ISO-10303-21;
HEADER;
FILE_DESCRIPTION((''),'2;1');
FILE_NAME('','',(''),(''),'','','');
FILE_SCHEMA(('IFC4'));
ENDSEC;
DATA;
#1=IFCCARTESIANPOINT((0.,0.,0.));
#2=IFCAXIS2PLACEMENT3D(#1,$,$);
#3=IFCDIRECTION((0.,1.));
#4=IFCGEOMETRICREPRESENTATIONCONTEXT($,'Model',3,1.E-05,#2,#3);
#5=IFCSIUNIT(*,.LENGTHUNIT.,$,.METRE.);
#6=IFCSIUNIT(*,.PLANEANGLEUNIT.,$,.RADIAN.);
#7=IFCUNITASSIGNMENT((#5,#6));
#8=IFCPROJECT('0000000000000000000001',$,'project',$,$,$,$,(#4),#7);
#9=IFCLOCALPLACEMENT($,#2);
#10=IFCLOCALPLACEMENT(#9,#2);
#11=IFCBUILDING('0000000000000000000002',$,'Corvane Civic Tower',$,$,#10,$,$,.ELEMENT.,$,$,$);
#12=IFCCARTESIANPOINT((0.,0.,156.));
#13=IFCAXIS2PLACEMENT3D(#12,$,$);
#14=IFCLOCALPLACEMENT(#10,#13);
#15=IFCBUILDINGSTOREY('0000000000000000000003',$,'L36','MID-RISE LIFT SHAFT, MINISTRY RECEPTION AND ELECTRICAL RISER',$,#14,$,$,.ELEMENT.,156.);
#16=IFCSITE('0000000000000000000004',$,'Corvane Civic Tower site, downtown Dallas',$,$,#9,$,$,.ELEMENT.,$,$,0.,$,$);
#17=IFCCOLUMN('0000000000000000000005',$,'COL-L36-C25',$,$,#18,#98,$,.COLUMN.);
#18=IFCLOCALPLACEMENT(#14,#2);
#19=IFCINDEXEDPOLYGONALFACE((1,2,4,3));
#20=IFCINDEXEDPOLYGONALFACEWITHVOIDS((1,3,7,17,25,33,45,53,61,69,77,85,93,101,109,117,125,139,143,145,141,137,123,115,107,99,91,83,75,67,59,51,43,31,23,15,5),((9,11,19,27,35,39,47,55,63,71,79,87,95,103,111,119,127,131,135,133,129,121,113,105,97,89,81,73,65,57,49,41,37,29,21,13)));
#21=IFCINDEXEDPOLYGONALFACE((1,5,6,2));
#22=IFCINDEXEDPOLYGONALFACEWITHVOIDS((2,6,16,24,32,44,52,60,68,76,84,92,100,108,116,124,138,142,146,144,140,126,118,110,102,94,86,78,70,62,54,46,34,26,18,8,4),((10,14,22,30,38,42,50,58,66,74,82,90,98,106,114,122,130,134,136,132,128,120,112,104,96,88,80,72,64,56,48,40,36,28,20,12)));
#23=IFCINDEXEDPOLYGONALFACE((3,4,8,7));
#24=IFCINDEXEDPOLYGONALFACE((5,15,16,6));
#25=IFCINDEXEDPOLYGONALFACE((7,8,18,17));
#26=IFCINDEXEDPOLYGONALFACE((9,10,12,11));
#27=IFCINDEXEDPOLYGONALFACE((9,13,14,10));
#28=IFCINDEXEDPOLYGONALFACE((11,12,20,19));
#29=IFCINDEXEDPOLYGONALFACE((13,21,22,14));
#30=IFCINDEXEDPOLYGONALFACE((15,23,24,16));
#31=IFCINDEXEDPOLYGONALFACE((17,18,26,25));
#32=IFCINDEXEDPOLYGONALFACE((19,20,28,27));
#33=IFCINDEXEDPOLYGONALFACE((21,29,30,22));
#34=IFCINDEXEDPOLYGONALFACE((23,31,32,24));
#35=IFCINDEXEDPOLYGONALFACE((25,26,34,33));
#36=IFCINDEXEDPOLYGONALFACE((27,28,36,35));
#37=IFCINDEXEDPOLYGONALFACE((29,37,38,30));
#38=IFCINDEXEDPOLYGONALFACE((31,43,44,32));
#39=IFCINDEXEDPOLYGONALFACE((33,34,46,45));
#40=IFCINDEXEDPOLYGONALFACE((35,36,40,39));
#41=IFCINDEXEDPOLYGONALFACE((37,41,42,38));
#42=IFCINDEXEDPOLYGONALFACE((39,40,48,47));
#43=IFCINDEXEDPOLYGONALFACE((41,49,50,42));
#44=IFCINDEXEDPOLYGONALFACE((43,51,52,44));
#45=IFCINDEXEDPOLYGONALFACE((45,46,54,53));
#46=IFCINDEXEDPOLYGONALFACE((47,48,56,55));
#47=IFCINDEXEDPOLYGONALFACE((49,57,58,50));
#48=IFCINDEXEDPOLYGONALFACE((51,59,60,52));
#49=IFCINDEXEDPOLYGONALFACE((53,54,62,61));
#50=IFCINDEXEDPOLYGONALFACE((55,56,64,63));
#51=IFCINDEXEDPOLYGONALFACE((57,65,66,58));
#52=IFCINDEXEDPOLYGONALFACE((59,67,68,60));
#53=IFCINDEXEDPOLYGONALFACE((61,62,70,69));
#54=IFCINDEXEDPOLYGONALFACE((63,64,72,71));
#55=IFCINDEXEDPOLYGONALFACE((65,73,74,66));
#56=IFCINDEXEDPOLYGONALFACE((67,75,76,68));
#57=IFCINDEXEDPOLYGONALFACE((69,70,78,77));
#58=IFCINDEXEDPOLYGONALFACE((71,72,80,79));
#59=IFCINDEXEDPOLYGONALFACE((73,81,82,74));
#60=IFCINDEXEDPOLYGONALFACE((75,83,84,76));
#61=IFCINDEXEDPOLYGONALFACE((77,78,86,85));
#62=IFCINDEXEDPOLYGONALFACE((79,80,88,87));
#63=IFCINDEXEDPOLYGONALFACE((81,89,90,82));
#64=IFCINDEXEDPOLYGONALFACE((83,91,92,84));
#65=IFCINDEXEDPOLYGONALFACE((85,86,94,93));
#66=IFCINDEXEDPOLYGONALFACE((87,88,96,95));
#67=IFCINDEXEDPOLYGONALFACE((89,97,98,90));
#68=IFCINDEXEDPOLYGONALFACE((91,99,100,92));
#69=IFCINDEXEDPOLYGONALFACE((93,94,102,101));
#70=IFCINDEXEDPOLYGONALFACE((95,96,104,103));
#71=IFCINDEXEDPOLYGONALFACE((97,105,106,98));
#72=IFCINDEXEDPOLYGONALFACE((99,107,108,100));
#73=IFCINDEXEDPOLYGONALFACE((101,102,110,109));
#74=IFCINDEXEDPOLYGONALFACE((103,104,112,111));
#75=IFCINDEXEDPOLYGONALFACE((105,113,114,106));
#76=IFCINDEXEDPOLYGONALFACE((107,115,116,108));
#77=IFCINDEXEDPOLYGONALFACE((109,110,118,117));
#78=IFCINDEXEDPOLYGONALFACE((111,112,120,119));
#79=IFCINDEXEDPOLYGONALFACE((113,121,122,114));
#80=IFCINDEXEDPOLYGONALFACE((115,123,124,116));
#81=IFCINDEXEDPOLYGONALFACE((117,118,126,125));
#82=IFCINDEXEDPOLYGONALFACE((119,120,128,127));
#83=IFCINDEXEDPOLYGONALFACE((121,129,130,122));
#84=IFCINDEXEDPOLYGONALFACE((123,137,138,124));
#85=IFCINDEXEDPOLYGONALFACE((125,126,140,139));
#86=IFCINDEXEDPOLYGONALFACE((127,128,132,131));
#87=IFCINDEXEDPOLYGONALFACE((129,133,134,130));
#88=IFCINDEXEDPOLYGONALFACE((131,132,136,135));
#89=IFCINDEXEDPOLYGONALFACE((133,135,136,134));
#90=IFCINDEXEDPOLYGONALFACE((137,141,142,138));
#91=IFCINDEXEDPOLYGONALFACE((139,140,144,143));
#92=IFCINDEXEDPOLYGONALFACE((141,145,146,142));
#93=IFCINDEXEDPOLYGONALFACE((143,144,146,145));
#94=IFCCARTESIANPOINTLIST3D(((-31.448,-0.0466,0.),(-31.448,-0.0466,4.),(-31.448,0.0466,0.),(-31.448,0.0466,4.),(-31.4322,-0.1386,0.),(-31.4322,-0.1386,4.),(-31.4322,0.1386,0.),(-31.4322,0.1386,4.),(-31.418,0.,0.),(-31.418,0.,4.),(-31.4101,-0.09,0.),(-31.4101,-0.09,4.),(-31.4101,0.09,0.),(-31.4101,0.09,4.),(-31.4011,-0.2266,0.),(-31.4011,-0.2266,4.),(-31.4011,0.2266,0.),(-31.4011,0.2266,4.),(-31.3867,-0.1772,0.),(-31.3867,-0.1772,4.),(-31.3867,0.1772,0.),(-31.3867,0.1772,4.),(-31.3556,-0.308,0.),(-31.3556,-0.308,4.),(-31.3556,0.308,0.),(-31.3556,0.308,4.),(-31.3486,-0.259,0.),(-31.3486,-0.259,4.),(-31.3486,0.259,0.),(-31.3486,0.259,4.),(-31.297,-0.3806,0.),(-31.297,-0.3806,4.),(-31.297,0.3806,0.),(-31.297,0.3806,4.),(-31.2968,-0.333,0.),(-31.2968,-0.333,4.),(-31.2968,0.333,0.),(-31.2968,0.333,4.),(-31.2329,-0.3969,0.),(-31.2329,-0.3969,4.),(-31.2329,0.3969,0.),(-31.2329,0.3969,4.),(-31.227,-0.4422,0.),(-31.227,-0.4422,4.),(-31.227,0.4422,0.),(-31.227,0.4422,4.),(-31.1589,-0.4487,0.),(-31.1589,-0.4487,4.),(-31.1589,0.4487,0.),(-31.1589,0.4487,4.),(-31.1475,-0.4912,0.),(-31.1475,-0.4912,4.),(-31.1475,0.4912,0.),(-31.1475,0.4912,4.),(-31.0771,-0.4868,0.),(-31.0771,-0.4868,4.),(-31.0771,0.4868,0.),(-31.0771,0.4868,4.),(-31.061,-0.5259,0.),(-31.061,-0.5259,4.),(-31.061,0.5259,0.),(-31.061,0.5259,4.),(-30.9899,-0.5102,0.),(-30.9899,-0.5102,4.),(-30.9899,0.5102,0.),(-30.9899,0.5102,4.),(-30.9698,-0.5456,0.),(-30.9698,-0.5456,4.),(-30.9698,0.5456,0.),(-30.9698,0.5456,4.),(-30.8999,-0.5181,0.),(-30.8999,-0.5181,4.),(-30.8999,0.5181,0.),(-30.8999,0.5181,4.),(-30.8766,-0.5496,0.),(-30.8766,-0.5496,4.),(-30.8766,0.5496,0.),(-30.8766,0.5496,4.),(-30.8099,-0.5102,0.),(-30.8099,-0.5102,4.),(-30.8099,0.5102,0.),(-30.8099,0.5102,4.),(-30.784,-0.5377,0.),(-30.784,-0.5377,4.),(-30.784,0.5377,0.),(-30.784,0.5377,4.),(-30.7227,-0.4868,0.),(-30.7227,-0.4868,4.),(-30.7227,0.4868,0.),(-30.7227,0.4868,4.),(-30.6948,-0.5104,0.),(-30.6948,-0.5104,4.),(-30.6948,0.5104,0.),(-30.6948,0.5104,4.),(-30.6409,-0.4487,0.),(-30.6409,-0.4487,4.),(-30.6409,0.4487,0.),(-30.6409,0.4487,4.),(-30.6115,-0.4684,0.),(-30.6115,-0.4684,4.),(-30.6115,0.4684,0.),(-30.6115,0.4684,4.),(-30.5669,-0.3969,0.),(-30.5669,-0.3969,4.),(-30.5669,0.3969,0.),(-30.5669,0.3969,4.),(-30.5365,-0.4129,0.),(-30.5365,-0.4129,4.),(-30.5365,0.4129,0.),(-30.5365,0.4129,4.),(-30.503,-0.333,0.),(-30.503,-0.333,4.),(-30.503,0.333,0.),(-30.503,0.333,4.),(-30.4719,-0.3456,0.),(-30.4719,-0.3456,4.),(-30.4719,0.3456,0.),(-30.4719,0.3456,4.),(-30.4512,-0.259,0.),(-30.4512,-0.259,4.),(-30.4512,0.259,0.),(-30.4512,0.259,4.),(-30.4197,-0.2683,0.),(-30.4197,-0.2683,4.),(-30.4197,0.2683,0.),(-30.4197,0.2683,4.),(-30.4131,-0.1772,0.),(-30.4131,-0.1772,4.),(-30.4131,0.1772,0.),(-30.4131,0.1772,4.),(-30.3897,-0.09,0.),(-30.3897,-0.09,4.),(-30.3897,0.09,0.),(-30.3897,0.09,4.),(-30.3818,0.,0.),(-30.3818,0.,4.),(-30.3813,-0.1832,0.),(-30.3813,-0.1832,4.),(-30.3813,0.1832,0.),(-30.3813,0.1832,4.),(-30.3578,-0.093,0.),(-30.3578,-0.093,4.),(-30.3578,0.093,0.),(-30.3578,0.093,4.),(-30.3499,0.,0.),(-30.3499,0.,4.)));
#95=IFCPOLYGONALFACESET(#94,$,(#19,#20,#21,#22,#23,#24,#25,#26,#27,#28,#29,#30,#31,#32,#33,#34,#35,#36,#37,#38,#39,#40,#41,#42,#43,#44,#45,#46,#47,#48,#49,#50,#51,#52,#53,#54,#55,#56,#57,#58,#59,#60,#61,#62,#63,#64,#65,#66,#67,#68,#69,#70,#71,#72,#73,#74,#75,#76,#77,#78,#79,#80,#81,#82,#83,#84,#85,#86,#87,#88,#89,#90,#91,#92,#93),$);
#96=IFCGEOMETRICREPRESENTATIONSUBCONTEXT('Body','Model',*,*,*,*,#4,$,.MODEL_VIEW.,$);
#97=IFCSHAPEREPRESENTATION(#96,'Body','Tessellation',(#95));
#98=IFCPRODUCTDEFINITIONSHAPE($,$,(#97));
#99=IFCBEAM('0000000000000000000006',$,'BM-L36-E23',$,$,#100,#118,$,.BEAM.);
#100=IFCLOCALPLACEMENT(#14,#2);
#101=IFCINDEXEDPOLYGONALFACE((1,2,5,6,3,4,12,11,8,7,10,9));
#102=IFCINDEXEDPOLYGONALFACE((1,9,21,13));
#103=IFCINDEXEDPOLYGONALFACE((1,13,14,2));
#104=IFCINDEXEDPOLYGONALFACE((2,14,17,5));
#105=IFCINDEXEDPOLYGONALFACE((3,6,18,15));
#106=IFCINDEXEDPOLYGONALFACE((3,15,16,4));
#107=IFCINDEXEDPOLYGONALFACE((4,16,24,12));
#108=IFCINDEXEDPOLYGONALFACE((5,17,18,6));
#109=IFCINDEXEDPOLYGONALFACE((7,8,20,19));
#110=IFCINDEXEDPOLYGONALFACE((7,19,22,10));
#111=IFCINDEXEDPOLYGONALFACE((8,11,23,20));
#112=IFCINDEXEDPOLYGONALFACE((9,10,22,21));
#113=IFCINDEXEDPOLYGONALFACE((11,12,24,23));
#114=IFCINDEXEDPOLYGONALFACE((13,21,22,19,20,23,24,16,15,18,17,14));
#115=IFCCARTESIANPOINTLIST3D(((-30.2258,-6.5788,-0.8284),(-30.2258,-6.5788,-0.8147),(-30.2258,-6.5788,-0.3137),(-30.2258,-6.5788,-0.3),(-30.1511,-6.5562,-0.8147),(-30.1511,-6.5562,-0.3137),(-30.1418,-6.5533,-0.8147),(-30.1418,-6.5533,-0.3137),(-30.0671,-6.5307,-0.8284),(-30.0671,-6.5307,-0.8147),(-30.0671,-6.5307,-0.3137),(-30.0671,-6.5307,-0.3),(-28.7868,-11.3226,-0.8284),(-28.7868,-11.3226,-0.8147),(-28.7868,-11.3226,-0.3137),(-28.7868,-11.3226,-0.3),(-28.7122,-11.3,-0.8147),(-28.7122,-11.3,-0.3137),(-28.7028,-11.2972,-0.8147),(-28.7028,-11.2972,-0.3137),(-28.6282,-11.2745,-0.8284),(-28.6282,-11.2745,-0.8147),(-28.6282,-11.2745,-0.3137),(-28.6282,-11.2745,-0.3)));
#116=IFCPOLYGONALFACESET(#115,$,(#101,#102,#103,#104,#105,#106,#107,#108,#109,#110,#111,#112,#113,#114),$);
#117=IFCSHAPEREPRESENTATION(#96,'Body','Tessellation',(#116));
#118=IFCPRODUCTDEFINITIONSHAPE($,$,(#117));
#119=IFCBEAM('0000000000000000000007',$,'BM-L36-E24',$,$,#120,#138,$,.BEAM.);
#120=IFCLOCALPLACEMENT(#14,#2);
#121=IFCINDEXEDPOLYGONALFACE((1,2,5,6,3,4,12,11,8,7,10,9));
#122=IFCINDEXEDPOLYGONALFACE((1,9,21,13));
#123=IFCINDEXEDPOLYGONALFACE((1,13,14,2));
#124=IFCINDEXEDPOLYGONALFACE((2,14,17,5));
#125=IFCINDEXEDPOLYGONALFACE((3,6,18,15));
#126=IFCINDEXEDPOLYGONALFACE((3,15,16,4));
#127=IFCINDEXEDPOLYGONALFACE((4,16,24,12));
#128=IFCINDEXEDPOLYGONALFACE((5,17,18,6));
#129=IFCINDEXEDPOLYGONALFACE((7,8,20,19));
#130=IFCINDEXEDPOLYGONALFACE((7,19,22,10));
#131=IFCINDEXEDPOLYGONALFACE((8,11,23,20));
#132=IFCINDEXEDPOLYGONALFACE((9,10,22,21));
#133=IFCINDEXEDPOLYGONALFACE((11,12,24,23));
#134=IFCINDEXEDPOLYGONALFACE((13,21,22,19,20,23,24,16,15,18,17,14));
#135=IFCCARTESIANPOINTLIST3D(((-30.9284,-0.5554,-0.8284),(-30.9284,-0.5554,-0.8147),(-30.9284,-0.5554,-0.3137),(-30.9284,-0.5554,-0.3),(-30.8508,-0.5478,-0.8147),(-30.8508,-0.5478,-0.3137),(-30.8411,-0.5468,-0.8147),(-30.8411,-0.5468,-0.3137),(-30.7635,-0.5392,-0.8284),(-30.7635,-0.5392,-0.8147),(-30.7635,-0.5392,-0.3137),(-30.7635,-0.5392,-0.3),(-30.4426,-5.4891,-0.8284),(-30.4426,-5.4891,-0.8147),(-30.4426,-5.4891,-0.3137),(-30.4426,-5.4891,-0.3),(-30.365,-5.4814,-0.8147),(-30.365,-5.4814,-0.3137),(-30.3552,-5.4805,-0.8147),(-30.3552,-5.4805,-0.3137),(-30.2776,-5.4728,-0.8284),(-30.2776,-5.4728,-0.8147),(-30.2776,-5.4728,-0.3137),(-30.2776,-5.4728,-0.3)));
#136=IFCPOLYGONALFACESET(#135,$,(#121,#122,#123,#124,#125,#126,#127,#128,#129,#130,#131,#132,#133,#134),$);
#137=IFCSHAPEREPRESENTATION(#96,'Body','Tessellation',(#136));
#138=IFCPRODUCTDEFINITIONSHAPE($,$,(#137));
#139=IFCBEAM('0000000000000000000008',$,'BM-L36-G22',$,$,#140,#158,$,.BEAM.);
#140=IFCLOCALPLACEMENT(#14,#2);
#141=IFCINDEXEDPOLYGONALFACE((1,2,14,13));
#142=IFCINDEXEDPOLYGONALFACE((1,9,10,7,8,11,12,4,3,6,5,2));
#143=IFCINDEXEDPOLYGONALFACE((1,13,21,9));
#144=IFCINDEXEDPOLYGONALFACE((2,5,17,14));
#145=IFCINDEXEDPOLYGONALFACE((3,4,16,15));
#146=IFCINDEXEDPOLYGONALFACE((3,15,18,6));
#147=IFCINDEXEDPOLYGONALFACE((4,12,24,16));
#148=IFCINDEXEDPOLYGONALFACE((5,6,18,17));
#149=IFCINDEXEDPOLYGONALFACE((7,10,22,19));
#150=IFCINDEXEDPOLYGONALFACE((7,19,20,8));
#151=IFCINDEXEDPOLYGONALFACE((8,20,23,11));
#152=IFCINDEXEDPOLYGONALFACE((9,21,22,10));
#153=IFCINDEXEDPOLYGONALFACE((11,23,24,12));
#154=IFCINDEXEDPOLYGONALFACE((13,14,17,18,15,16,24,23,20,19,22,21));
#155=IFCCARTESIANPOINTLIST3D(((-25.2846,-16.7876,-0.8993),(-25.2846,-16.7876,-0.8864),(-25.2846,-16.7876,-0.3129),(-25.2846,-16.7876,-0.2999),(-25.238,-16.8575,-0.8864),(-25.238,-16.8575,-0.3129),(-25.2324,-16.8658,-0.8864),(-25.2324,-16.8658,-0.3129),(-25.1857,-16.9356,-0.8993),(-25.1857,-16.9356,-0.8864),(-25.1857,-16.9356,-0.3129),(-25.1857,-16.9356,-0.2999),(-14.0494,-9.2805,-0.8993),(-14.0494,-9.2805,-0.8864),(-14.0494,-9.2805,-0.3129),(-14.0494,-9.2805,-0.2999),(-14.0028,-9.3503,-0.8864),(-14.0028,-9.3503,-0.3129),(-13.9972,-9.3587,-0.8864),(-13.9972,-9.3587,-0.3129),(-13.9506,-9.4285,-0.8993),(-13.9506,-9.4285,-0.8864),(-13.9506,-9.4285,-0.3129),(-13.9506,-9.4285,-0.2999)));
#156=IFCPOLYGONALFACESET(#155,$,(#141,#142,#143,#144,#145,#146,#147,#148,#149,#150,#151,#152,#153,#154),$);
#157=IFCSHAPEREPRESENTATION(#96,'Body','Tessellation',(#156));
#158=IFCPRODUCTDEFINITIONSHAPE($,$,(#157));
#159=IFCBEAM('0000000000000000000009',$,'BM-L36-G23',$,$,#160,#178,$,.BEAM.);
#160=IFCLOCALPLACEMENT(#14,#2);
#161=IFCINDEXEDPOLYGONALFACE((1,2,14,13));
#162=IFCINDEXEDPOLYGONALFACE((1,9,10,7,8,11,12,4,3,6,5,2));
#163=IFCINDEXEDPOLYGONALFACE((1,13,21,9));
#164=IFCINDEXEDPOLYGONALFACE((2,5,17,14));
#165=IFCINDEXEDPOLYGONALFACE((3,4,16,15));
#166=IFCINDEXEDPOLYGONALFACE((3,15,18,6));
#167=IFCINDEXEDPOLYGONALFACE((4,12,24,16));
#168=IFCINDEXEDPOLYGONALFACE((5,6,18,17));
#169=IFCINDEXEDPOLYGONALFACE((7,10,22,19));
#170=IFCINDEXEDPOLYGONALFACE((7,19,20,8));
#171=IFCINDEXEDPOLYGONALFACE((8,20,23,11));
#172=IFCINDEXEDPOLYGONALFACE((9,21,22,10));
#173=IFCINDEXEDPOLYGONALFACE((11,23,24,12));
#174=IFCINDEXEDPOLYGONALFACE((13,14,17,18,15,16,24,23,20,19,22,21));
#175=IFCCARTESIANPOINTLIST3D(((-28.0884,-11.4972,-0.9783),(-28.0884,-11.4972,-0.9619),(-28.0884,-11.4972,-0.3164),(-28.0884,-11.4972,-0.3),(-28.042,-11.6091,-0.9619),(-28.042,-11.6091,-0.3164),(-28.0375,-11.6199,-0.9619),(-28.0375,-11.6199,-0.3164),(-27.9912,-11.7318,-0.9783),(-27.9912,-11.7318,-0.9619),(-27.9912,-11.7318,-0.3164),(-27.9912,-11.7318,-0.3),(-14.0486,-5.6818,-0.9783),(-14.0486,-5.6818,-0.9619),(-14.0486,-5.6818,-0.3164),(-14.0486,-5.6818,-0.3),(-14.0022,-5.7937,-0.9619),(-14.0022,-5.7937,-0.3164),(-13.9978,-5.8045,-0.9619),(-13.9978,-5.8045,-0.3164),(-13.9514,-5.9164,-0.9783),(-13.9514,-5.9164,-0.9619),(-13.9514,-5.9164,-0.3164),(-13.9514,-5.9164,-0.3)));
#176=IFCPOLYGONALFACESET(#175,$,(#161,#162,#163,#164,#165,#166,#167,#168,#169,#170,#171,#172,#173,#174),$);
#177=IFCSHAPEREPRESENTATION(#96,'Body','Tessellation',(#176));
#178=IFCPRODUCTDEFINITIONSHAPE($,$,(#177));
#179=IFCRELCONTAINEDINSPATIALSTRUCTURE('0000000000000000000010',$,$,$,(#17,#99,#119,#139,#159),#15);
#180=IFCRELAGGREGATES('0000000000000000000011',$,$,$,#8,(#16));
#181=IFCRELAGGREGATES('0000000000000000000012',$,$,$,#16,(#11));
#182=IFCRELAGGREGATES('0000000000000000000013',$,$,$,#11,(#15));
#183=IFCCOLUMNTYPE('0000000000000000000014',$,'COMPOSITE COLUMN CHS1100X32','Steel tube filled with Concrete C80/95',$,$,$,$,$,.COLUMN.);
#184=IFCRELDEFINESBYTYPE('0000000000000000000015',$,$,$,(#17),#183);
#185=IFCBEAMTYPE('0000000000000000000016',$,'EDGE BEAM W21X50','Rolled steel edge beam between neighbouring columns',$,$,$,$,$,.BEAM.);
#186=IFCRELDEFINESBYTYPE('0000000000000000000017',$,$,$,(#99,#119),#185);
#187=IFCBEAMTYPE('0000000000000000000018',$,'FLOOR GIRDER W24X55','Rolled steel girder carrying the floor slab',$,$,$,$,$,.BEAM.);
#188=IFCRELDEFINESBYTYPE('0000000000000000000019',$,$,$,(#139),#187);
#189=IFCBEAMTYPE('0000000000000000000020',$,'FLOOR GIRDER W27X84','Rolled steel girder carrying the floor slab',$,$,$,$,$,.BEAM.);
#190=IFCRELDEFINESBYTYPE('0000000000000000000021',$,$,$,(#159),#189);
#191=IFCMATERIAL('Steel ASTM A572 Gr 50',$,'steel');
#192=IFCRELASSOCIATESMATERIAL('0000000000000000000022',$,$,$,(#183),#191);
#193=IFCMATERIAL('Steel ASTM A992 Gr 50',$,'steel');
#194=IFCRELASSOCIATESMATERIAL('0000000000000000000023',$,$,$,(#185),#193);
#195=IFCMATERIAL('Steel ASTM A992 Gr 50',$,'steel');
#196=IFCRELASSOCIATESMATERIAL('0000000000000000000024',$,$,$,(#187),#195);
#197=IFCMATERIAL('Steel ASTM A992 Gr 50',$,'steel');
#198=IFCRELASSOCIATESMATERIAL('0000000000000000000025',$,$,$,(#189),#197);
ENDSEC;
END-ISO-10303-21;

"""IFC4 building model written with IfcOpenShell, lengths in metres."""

from ifc_helpers import new_model, si_unit, direction, frame, origin, origin_2d, place, context, subcontext, project, spatial, hollow_circle, i_section, extrude, material, material_profile, profile_set, type_object, element, save


model = new_model("IFC4")

# Units and contexts
model_context = context("Model", 3, precision=1e-05, world=origin(), true_north=direction((0.0, 1.0)))
body_context = subcontext(model_context, "Body", "Model", "MODEL_VIEW")
ifc_project = project(units=[si_unit("LENGTHUNIT", "METRE"), si_unit("PLANEANGLEUNIT", "RADIAN")], contexts=[model_context])

# Site, building, storey
site_placement = place(None, origin())
site = spatial("IfcSite", under=ifc_project, at=site_placement, Name="Corvane Civic Tower site, downtown Dallas", CompositionType="ELEMENT", RefElevation=0.0)
building_placement = place(site_placement, origin())
building = spatial("IfcBuilding", under=site, at=building_placement, Name="Corvane Civic Tower", CompositionType="ELEMENT")
storey_placement = place(building_placement, frame((0.0, 0.0, 156.0)))
storey = spatial("IfcBuildingStorey", under=building, at=storey_placement, Name="L36", Description="MID-RISE LIFT SHAFT, MINISTRY RECEPTION AND ELECTRICAL RISER", CompositionType="ELEMENT", Elevation=156.0)

# Column
ifc_material_1 = material(Name="Steel ASTM A572 Gr 50", Category="steel")
ifc_material_profile_1 = material_profile(ifc_material_1, hollow_circle(Radius=0.55, WallThickness=0.032, at=origin_2d()), Name="CHS1100X32")
ifc_profile_set_1 = profile_set([ifc_material_profile_1], Name="Steel ASTM A572 Gr 50")
column_type = type_object("IfcColumnType", Name="COMPOSITE COLUMN CHS1100X32", Description="Steel tube filled with Concrete C80/95", PredefinedType="COLUMN", material=ifc_profile_set_1)
for number, where, z_axis, x_axis, name in (
    (1, (-30.8999, 0.0, 0.0), (0.0, 0.0, 1.0), (1.0, 0.0, 0.0), "COL-L36-C25"),
):
    element("IfcColumn", number, at=place(storey_placement, frame(where, z_axis=z_axis, x_axis=x_axis)), inside=storey, type_object=column_type, Name=name, PredefinedType="COLUMN", context=body_context, shape_type="SweptSolid", body=[
        extrude(hollow_circle(Radius=0.55, WallThickness=0.032, at=origin_2d()), origin(), (0.0, 0.0, 1.0), 4.0),
    ])

# Beams
ifc_material_2 = material(Name="Steel ASTM A992 Gr 50", Category="steel")
ifc_material_profile_2 = material_profile(ifc_material_2, i_section(OverallWidth=0.1658, OverallDepth=0.5283, WebThickness=0.0098, FlangeThickness=0.0137, at=origin_2d()), Name="W21X50")
ifc_profile_set_2 = profile_set([ifc_material_profile_2], Name="Steel ASTM A992 Gr 50")
beam_type_1 = type_object("IfcBeamType", Name="EDGE BEAM W21X50", Description="Rolled steel edge beam between neighbouring columns", PredefinedType="BEAM", material=ifc_profile_set_2)
beam_1_placement = place(storey_placement, frame((-28.7075, -11.2986, -0.5642), z_axis=(-0.29027, 0.956945, 0.0), x_axis=(-0.956945, -0.29027, 0.0)))
element("IfcBeam", 2, at=beam_1_placement, inside=storey, type_object=beam_type_1, Name="BM-L36-E23", PredefinedType="BEAM", context=body_context, shape_type="SweptSolid", body=[
    extrude(i_section(OverallWidth=0.1658, OverallDepth=0.5283, WebThickness=0.0098, FlangeThickness=0.0137, at=origin_2d()), origin(), (0.0, 0.0, 1.0), 4.9573),
])
beam_2_placement = place(storey_placement, frame((-30.3601, -5.481, -0.5642), z_axis=(-0.098002, 0.995186, 0.0), x_axis=(-0.995186, -0.098002, 0.0)))
element("IfcBeam", 3, at=beam_2_placement, inside=storey, type_object=beam_type_1, Name="BM-L36-E24", PredefinedType="BEAM", context=body_context, shape_type="SweptSolid", body=[
    extrude(i_section(OverallWidth=0.1658, OverallDepth=0.5283, WebThickness=0.0098, FlangeThickness=0.0137, at=origin_2d()), origin(), (0.0, 0.0, 1.0), 4.9575),
])
ifc_material_3 = material(Name="Steel ASTM A992 Gr 50", Category="steel")
ifc_material_profile_3 = material_profile(ifc_material_3, i_section(OverallWidth=0.178, OverallDepth=0.5994, WebThickness=0.01, FlangeThickness=0.0129, at=origin_2d()), Name="W24X55")
ifc_profile_set_3 = profile_set([ifc_material_profile_3], Name="Steel ASTM A992 Gr 50")
beam_type_2 = type_object("IfcBeamType", Name="FLOOR GIRDER W24X55", Description="Rolled steel girder carrying the floor slab", PredefinedType="BEAM", material=ifc_profile_set_3)
beam_3_placement = place(storey_placement, frame((-14.0, -9.3545, -0.5996), z_axis=(-0.831469, -0.555571, 0.0), x_axis=(0.555571, -0.831469, 0.0)))
element("IfcBeam", 4, at=beam_3_placement, inside=storey, type_object=beam_type_2, Name="BM-L36-G22", PredefinedType="BEAM", context=body_context, shape_type="SweptSolid", body=[
    extrude(i_section(OverallWidth=0.178, OverallDepth=0.5994, WebThickness=0.01, FlangeThickness=0.0129, at=origin_2d()), origin(), (0.0, 0.0, 1.0), 13.5125),
])
ifc_material_4 = material(Name="Steel ASTM A992 Gr 50", Category="steel")
ifc_material_profile_4 = material_profile(ifc_material_4, i_section(OverallWidth=0.2539, OverallDepth=0.6782, WebThickness=0.0117, FlangeThickness=0.0164, at=origin_2d()), Name="W27X84")
ifc_profile_set_4 = profile_set([ifc_material_profile_4], Name="Steel ASTM A992 Gr 50")
beam_type_3 = type_object("IfcBeamType", Name="FLOOR GIRDER W27X84", Description="Rolled steel girder carrying the floor slab", PredefinedType="BEAM", material=ifc_profile_set_4)
beam_4_placement = place(storey_placement, frame((-14.0, -5.7991, -0.6392), z_axis=(-0.923881, -0.382681, 0.0), x_axis=(0.382681, -0.923881, 0.0)))
element("IfcBeam", 5, at=beam_4_placement, inside=storey, type_object=beam_type_3, Name="BM-L36-G23", PredefinedType="BEAM", context=body_context, shape_type="SweptSolid", body=[
    extrude(i_section(OverallWidth=0.2539, OverallDepth=0.6782, WebThickness=0.0117, FlangeThickness=0.0164, at=origin_2d()), origin(), (0.0, 0.0, 1.0), 15.1965),
])

save(model, "model.ifc")
